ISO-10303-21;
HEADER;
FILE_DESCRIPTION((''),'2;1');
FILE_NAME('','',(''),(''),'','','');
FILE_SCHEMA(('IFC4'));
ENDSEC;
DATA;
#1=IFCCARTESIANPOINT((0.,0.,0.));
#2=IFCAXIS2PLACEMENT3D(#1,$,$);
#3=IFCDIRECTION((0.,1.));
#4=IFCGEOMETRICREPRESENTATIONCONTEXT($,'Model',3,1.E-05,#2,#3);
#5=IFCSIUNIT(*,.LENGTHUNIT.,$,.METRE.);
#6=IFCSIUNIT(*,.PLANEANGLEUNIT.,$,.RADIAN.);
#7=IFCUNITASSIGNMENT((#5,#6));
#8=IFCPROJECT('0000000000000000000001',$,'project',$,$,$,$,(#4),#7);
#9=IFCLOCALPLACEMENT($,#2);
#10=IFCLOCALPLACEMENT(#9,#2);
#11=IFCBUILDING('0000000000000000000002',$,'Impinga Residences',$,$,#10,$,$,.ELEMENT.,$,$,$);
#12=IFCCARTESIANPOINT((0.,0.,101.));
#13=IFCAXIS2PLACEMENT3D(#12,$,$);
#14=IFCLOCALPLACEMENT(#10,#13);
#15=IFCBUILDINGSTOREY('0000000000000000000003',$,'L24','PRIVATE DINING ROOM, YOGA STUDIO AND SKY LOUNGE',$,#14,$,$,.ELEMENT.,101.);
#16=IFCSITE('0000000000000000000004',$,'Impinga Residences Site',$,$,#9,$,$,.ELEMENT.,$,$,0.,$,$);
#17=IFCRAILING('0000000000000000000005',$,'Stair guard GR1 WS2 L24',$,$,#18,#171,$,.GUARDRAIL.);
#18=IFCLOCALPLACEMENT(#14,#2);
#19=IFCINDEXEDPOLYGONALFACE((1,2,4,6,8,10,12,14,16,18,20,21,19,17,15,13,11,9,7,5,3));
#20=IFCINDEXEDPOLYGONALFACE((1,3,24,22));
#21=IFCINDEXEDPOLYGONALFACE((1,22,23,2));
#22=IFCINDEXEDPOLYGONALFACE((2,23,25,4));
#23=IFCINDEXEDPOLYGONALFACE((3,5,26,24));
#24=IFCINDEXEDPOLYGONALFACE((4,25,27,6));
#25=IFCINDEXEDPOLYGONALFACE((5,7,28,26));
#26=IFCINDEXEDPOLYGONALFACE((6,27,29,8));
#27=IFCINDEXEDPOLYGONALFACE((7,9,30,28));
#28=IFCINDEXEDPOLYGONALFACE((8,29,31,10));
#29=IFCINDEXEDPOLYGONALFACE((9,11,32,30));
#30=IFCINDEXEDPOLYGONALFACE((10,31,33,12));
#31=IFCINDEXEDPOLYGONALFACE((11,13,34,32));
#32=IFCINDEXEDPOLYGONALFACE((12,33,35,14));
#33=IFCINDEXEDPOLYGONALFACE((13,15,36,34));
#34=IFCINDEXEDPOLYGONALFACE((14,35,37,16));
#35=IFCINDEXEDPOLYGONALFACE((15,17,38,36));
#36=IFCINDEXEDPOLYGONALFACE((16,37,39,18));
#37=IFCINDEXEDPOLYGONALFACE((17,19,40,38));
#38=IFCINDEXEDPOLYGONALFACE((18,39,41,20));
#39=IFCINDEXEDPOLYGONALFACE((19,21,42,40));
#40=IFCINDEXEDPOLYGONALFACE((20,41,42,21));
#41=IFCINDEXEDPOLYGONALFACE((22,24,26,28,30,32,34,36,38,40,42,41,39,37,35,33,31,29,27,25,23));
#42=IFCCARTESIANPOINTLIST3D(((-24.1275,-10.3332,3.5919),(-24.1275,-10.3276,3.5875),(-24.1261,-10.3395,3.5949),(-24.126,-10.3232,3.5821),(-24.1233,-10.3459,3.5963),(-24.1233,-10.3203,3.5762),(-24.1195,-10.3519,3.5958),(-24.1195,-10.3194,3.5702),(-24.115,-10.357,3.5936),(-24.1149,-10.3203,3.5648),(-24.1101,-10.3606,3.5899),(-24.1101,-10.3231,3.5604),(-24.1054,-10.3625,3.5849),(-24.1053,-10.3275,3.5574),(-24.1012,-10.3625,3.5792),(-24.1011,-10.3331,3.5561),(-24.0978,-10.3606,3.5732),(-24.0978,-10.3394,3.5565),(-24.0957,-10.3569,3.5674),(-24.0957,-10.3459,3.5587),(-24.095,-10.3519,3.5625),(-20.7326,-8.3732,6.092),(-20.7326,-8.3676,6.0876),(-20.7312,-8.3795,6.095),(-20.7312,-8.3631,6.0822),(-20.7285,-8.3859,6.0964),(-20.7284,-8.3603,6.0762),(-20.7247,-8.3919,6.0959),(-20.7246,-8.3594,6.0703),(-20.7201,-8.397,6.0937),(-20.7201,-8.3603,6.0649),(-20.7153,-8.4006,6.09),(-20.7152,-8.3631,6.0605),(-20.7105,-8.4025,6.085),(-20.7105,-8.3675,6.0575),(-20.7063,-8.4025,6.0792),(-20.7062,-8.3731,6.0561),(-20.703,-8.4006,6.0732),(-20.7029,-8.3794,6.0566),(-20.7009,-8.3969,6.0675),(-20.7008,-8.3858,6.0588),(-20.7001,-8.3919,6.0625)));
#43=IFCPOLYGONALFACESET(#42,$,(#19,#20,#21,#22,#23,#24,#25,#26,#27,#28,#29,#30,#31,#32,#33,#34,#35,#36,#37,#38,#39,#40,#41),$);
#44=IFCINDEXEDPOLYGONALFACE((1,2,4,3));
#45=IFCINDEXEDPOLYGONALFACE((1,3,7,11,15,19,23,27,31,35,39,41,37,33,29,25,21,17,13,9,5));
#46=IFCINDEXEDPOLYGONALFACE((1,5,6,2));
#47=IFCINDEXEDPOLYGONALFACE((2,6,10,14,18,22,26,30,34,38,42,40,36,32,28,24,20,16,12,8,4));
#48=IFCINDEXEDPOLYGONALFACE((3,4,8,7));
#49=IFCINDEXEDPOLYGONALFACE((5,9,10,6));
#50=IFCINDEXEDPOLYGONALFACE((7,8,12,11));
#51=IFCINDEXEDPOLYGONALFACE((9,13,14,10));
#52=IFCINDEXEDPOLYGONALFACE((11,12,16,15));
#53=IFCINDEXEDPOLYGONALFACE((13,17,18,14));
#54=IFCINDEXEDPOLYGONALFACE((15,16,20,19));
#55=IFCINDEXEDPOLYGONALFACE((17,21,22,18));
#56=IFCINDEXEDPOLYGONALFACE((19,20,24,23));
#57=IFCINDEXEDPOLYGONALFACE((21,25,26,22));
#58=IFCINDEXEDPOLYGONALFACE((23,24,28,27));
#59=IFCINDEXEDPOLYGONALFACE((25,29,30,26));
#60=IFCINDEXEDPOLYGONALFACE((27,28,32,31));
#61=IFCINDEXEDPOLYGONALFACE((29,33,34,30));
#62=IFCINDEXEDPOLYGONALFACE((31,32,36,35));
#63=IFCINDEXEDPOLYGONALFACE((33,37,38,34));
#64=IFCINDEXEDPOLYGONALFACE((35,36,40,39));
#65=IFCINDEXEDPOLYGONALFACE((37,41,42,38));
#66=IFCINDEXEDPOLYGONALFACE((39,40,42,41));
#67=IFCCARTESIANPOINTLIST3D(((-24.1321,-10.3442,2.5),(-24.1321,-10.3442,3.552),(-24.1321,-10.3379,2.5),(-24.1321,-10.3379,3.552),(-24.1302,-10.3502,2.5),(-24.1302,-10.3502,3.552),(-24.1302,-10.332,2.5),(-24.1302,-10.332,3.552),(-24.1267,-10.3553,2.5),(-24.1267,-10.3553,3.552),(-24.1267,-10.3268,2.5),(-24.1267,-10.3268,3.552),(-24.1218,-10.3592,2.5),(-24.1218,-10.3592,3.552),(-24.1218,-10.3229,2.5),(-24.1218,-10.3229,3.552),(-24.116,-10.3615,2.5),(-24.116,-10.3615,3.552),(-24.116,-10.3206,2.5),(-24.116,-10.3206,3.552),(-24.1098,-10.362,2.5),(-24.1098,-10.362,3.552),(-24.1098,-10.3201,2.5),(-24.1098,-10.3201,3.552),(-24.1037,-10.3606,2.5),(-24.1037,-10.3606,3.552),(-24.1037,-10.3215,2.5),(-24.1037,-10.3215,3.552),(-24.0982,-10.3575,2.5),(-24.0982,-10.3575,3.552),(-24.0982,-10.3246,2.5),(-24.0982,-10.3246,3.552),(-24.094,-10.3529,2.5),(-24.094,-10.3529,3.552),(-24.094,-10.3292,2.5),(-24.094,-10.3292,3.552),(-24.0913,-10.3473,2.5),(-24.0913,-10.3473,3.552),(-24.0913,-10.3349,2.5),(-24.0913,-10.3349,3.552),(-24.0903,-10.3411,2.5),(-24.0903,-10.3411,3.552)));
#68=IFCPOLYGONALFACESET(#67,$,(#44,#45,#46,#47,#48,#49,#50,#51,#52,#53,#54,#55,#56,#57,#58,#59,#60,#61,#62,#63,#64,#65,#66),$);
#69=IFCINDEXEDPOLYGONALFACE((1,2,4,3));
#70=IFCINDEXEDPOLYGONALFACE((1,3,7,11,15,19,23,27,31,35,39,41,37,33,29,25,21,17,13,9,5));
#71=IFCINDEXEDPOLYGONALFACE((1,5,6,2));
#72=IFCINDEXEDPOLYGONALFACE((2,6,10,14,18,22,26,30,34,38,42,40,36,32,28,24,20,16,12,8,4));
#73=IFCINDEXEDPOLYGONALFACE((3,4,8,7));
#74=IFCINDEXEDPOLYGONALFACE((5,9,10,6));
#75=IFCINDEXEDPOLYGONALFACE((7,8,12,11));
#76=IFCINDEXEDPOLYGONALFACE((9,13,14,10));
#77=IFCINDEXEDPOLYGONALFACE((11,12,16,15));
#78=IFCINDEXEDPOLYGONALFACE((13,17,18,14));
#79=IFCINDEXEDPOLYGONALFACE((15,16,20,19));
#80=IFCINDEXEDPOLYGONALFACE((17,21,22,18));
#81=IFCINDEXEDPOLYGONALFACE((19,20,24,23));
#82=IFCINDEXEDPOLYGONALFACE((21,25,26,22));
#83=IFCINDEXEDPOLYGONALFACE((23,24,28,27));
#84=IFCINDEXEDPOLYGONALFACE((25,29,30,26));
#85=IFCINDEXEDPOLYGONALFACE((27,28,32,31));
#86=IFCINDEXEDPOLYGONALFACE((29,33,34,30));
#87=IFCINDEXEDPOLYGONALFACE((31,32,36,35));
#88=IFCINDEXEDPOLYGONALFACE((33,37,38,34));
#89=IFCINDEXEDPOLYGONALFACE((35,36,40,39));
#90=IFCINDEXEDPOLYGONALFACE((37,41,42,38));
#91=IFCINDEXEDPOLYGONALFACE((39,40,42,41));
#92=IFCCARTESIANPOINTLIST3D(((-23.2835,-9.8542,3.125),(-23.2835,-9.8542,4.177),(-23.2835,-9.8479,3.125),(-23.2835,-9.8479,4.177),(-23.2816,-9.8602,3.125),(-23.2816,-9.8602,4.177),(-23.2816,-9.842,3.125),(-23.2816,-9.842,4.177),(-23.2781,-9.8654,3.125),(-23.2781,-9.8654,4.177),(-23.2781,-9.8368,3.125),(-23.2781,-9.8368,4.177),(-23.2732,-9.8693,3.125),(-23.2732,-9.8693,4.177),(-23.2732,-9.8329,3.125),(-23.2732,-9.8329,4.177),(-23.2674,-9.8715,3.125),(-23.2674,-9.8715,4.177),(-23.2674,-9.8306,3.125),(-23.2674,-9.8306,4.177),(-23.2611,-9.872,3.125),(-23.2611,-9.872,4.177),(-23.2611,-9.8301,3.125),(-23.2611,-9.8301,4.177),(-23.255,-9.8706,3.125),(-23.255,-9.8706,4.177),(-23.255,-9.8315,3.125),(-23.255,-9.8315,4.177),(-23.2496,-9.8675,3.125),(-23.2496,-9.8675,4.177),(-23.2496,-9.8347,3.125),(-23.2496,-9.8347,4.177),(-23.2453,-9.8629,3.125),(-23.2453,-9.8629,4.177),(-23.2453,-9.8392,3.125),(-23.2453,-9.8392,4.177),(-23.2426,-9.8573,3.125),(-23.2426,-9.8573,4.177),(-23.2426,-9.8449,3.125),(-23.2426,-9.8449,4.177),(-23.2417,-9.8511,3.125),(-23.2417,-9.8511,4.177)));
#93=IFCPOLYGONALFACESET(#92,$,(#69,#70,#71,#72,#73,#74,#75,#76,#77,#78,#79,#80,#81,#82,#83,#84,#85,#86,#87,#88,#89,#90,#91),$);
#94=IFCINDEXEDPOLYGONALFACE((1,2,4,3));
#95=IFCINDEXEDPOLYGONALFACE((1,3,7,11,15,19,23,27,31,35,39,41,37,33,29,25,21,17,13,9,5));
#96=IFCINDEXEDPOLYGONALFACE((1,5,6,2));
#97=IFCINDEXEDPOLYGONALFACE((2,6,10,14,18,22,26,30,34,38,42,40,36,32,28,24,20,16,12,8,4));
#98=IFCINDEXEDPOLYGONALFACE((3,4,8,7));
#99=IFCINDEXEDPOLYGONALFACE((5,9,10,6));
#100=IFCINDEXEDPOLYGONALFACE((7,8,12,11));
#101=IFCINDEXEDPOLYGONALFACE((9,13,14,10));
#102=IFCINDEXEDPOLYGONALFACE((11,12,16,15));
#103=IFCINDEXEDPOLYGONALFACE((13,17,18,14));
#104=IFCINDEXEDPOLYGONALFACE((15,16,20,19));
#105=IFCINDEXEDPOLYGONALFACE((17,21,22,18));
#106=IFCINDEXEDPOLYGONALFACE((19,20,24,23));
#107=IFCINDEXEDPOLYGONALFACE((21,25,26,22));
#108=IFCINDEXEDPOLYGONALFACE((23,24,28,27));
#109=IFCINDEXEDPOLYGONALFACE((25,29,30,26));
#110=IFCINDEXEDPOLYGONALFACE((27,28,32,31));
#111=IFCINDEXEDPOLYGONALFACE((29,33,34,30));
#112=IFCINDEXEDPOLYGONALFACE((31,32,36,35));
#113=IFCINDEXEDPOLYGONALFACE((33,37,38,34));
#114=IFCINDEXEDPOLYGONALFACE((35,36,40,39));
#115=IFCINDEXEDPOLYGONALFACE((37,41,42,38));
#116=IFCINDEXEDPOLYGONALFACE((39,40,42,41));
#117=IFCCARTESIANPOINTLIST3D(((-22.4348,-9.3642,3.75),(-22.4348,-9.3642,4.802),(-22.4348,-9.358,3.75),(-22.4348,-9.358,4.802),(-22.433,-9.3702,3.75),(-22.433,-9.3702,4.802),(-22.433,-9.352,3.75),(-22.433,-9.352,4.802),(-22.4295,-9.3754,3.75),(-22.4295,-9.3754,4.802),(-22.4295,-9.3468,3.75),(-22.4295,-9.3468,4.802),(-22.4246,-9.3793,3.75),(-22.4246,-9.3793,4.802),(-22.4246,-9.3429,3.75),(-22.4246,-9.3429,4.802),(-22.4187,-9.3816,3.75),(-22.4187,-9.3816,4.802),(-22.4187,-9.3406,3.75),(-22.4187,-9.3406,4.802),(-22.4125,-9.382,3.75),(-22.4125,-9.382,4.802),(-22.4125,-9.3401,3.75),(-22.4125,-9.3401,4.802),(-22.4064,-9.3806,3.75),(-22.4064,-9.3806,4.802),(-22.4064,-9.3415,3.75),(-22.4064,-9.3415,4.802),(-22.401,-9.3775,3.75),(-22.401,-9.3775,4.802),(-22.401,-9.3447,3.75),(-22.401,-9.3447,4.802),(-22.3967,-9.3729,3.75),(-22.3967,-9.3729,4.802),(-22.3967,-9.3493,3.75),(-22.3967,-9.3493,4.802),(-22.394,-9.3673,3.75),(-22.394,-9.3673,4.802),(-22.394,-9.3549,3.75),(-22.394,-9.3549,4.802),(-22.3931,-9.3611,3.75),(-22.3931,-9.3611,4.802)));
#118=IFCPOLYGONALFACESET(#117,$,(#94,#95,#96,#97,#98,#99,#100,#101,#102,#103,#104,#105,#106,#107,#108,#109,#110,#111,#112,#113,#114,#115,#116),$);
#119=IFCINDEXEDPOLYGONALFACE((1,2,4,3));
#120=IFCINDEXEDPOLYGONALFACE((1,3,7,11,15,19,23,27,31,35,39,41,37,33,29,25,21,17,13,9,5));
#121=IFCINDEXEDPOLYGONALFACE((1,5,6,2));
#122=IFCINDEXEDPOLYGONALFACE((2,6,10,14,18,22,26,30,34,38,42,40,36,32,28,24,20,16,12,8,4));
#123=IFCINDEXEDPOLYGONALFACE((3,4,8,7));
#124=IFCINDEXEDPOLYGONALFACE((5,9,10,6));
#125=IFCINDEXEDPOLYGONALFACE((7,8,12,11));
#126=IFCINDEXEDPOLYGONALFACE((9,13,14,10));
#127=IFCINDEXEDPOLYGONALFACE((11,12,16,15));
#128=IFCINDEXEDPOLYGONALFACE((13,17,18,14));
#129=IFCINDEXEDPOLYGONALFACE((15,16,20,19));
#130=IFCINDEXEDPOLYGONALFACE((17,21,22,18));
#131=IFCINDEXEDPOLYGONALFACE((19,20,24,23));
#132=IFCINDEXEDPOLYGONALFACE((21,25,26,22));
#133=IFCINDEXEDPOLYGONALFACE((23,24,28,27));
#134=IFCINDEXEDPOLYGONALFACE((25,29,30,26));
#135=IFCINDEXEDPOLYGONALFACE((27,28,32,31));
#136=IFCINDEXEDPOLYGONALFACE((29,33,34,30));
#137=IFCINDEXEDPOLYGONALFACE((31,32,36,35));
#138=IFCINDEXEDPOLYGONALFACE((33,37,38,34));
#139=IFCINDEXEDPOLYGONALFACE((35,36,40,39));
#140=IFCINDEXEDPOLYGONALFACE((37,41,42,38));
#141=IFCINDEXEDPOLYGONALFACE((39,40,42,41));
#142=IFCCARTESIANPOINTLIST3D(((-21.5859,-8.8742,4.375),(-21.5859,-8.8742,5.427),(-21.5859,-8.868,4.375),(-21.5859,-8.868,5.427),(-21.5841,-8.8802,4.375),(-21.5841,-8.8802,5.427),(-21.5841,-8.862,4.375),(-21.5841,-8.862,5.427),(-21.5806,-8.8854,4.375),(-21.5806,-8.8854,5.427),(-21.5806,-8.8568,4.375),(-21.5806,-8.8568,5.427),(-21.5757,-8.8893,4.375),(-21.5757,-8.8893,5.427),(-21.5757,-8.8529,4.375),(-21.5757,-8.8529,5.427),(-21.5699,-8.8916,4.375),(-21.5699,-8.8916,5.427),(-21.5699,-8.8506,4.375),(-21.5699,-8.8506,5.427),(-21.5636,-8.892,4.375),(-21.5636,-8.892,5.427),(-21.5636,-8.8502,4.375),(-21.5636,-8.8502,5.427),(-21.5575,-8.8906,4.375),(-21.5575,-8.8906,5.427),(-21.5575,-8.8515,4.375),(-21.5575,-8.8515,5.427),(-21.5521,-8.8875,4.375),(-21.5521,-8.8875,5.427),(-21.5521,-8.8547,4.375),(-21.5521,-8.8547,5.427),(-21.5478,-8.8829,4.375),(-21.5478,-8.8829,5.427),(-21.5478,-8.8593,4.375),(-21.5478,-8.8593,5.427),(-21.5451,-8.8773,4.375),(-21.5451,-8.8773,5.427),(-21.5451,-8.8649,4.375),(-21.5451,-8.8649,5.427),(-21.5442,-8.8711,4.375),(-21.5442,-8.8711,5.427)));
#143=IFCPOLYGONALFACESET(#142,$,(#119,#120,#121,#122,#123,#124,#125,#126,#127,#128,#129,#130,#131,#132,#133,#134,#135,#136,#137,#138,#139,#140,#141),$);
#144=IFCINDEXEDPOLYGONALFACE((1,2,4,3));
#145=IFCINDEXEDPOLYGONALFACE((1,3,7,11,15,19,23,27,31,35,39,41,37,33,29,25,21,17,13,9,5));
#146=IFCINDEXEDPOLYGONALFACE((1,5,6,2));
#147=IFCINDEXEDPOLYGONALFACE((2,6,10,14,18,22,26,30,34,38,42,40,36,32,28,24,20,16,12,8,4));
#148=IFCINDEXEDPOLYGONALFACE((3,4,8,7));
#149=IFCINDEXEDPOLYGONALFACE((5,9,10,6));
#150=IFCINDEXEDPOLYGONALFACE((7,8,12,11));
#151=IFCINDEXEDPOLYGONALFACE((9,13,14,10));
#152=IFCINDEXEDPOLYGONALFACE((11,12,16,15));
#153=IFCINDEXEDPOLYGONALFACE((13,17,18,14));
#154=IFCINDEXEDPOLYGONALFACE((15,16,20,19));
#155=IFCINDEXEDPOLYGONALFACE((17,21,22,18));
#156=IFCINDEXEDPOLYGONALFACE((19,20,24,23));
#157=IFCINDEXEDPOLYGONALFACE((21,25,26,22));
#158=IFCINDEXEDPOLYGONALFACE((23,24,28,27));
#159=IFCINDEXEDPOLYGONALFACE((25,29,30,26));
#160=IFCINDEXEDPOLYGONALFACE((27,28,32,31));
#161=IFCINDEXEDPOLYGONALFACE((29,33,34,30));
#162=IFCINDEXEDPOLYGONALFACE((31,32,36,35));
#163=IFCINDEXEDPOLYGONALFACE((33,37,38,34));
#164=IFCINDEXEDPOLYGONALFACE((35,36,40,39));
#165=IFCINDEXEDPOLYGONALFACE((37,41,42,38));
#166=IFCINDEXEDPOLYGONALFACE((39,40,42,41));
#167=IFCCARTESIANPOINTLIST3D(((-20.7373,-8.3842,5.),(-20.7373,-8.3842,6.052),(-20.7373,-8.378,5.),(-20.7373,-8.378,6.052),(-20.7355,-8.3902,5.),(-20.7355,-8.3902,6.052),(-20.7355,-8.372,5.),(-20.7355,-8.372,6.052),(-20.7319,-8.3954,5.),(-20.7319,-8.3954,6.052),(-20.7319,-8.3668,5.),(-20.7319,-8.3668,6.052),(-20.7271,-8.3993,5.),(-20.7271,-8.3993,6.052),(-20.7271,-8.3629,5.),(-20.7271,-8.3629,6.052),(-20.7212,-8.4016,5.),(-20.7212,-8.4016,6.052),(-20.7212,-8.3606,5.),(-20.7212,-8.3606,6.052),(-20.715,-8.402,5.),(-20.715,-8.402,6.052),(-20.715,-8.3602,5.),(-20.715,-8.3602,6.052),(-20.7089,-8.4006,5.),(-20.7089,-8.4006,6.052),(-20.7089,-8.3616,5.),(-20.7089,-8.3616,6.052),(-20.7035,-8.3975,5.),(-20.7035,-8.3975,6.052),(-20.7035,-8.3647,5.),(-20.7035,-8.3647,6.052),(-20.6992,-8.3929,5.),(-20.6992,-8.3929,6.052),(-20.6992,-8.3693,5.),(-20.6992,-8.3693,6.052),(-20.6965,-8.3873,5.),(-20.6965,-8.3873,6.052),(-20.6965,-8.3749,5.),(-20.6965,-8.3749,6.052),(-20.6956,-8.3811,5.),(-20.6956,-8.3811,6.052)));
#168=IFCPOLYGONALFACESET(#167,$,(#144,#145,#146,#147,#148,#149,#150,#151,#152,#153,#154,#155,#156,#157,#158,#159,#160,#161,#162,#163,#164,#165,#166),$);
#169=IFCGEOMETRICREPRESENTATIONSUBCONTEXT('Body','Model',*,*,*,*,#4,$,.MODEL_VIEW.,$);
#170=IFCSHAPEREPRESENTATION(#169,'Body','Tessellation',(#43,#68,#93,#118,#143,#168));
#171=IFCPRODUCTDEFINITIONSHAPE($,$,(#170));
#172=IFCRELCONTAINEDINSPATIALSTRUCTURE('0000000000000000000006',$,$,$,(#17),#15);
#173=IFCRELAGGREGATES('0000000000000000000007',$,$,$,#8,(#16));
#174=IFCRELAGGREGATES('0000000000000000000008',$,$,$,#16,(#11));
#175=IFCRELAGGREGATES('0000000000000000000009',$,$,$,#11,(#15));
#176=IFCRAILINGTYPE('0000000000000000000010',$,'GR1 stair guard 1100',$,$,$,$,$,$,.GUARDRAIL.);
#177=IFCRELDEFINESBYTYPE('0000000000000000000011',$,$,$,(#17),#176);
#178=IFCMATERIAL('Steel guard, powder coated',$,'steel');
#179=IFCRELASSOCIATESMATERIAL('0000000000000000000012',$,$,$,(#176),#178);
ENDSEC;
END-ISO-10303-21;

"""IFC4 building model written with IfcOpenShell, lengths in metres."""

from ifc_helpers import new_model, si_unit, direction, frame, origin, origin_2d, place, context, subcontext, project, spatial, circle, extrude, material, type_object, element, save


model = new_model("IFC4")

# Units and contexts
model_context = context("Model", 3, precision=1e-05, world=origin(), true_north=direction((0.0, 1.0)))
body_context = subcontext(model_context, "Body", "Model", "MODEL_VIEW")
ifc_project = project(units=[si_unit("LENGTHUNIT", "METRE"), si_unit("PLANEANGLEUNIT", "RADIAN")], contexts=[model_context])

# Site, building, storey
site_placement = place(None, origin())
site = spatial("IfcSite", under=ifc_project, at=site_placement, Name="Impinga Residences Site", CompositionType="ELEMENT", RefElevation=0.0)
building_placement = place(site_placement, origin())
building = spatial("IfcBuilding", under=site, at=building_placement, Name="Impinga Residences", CompositionType="ELEMENT")
storey_placement = place(building_placement, frame((0.0, 0.0, 101.0)))
storey = spatial("IfcBuildingStorey", under=building, at=storey_placement, Name="L24", Description="PRIVATE DINING ROOM, YOGA STUDIO AND SKY LOUNGE", CompositionType="ELEMENT", Elevation=101.0)

# Railing
ifc_material_1 = material(Name="Steel guard, powder coated", Category="steel")
railing_type_1 = type_object("IfcRailingType", Name="GR1 stair guard 1100", PredefinedType="GUARDRAIL", material=ifc_material_1)
railing_1_placement = place(storey_placement, frame((-24.1113, -10.3411, 2.5)))
element("IfcRailing", 1, at=railing_1_placement, inside=storey, type_object=railing_type_1, Name="Stair guard GR1 WS2 L24", PredefinedType="GUARDRAIL", context=body_context, shape_type="SweptSolid", body=[
    extrude(circle(Radius=0.0239, at=origin_2d()), frame((0.0, 0.0, 1.0762), z_axis=(0.73017, 0.421561, 0.537716), x_axis=(-0.499997, 0.866027, 0.0)), (0.0, 0.0, 1.0), 4.6494),
    extrude(circle(Radius=0.021, at=origin_2d()), origin(), (0.0, 0.0, 1.0), 1.052),
    extrude(circle(Radius=0.021, at=origin_2d()), frame((0.8486, 0.49, 0.625)), (0.0, 0.0, 1.0), 1.052),
    extrude(circle(Radius=0.021, at=origin_2d()), frame((1.6973, 0.98, 1.25)), (0.0, 0.0, 1.0), 1.052),
    extrude(circle(Radius=0.021, at=origin_2d()), frame((2.5461, 1.47, 1.875)), (0.0, 0.0, 1.0), 1.052),
    extrude(circle(Radius=0.021, at=origin_2d()), frame((3.3948, 1.96, 2.5)), (0.0, 0.0, 1.0), 1.052),
])

save(model, "model.ifc")
